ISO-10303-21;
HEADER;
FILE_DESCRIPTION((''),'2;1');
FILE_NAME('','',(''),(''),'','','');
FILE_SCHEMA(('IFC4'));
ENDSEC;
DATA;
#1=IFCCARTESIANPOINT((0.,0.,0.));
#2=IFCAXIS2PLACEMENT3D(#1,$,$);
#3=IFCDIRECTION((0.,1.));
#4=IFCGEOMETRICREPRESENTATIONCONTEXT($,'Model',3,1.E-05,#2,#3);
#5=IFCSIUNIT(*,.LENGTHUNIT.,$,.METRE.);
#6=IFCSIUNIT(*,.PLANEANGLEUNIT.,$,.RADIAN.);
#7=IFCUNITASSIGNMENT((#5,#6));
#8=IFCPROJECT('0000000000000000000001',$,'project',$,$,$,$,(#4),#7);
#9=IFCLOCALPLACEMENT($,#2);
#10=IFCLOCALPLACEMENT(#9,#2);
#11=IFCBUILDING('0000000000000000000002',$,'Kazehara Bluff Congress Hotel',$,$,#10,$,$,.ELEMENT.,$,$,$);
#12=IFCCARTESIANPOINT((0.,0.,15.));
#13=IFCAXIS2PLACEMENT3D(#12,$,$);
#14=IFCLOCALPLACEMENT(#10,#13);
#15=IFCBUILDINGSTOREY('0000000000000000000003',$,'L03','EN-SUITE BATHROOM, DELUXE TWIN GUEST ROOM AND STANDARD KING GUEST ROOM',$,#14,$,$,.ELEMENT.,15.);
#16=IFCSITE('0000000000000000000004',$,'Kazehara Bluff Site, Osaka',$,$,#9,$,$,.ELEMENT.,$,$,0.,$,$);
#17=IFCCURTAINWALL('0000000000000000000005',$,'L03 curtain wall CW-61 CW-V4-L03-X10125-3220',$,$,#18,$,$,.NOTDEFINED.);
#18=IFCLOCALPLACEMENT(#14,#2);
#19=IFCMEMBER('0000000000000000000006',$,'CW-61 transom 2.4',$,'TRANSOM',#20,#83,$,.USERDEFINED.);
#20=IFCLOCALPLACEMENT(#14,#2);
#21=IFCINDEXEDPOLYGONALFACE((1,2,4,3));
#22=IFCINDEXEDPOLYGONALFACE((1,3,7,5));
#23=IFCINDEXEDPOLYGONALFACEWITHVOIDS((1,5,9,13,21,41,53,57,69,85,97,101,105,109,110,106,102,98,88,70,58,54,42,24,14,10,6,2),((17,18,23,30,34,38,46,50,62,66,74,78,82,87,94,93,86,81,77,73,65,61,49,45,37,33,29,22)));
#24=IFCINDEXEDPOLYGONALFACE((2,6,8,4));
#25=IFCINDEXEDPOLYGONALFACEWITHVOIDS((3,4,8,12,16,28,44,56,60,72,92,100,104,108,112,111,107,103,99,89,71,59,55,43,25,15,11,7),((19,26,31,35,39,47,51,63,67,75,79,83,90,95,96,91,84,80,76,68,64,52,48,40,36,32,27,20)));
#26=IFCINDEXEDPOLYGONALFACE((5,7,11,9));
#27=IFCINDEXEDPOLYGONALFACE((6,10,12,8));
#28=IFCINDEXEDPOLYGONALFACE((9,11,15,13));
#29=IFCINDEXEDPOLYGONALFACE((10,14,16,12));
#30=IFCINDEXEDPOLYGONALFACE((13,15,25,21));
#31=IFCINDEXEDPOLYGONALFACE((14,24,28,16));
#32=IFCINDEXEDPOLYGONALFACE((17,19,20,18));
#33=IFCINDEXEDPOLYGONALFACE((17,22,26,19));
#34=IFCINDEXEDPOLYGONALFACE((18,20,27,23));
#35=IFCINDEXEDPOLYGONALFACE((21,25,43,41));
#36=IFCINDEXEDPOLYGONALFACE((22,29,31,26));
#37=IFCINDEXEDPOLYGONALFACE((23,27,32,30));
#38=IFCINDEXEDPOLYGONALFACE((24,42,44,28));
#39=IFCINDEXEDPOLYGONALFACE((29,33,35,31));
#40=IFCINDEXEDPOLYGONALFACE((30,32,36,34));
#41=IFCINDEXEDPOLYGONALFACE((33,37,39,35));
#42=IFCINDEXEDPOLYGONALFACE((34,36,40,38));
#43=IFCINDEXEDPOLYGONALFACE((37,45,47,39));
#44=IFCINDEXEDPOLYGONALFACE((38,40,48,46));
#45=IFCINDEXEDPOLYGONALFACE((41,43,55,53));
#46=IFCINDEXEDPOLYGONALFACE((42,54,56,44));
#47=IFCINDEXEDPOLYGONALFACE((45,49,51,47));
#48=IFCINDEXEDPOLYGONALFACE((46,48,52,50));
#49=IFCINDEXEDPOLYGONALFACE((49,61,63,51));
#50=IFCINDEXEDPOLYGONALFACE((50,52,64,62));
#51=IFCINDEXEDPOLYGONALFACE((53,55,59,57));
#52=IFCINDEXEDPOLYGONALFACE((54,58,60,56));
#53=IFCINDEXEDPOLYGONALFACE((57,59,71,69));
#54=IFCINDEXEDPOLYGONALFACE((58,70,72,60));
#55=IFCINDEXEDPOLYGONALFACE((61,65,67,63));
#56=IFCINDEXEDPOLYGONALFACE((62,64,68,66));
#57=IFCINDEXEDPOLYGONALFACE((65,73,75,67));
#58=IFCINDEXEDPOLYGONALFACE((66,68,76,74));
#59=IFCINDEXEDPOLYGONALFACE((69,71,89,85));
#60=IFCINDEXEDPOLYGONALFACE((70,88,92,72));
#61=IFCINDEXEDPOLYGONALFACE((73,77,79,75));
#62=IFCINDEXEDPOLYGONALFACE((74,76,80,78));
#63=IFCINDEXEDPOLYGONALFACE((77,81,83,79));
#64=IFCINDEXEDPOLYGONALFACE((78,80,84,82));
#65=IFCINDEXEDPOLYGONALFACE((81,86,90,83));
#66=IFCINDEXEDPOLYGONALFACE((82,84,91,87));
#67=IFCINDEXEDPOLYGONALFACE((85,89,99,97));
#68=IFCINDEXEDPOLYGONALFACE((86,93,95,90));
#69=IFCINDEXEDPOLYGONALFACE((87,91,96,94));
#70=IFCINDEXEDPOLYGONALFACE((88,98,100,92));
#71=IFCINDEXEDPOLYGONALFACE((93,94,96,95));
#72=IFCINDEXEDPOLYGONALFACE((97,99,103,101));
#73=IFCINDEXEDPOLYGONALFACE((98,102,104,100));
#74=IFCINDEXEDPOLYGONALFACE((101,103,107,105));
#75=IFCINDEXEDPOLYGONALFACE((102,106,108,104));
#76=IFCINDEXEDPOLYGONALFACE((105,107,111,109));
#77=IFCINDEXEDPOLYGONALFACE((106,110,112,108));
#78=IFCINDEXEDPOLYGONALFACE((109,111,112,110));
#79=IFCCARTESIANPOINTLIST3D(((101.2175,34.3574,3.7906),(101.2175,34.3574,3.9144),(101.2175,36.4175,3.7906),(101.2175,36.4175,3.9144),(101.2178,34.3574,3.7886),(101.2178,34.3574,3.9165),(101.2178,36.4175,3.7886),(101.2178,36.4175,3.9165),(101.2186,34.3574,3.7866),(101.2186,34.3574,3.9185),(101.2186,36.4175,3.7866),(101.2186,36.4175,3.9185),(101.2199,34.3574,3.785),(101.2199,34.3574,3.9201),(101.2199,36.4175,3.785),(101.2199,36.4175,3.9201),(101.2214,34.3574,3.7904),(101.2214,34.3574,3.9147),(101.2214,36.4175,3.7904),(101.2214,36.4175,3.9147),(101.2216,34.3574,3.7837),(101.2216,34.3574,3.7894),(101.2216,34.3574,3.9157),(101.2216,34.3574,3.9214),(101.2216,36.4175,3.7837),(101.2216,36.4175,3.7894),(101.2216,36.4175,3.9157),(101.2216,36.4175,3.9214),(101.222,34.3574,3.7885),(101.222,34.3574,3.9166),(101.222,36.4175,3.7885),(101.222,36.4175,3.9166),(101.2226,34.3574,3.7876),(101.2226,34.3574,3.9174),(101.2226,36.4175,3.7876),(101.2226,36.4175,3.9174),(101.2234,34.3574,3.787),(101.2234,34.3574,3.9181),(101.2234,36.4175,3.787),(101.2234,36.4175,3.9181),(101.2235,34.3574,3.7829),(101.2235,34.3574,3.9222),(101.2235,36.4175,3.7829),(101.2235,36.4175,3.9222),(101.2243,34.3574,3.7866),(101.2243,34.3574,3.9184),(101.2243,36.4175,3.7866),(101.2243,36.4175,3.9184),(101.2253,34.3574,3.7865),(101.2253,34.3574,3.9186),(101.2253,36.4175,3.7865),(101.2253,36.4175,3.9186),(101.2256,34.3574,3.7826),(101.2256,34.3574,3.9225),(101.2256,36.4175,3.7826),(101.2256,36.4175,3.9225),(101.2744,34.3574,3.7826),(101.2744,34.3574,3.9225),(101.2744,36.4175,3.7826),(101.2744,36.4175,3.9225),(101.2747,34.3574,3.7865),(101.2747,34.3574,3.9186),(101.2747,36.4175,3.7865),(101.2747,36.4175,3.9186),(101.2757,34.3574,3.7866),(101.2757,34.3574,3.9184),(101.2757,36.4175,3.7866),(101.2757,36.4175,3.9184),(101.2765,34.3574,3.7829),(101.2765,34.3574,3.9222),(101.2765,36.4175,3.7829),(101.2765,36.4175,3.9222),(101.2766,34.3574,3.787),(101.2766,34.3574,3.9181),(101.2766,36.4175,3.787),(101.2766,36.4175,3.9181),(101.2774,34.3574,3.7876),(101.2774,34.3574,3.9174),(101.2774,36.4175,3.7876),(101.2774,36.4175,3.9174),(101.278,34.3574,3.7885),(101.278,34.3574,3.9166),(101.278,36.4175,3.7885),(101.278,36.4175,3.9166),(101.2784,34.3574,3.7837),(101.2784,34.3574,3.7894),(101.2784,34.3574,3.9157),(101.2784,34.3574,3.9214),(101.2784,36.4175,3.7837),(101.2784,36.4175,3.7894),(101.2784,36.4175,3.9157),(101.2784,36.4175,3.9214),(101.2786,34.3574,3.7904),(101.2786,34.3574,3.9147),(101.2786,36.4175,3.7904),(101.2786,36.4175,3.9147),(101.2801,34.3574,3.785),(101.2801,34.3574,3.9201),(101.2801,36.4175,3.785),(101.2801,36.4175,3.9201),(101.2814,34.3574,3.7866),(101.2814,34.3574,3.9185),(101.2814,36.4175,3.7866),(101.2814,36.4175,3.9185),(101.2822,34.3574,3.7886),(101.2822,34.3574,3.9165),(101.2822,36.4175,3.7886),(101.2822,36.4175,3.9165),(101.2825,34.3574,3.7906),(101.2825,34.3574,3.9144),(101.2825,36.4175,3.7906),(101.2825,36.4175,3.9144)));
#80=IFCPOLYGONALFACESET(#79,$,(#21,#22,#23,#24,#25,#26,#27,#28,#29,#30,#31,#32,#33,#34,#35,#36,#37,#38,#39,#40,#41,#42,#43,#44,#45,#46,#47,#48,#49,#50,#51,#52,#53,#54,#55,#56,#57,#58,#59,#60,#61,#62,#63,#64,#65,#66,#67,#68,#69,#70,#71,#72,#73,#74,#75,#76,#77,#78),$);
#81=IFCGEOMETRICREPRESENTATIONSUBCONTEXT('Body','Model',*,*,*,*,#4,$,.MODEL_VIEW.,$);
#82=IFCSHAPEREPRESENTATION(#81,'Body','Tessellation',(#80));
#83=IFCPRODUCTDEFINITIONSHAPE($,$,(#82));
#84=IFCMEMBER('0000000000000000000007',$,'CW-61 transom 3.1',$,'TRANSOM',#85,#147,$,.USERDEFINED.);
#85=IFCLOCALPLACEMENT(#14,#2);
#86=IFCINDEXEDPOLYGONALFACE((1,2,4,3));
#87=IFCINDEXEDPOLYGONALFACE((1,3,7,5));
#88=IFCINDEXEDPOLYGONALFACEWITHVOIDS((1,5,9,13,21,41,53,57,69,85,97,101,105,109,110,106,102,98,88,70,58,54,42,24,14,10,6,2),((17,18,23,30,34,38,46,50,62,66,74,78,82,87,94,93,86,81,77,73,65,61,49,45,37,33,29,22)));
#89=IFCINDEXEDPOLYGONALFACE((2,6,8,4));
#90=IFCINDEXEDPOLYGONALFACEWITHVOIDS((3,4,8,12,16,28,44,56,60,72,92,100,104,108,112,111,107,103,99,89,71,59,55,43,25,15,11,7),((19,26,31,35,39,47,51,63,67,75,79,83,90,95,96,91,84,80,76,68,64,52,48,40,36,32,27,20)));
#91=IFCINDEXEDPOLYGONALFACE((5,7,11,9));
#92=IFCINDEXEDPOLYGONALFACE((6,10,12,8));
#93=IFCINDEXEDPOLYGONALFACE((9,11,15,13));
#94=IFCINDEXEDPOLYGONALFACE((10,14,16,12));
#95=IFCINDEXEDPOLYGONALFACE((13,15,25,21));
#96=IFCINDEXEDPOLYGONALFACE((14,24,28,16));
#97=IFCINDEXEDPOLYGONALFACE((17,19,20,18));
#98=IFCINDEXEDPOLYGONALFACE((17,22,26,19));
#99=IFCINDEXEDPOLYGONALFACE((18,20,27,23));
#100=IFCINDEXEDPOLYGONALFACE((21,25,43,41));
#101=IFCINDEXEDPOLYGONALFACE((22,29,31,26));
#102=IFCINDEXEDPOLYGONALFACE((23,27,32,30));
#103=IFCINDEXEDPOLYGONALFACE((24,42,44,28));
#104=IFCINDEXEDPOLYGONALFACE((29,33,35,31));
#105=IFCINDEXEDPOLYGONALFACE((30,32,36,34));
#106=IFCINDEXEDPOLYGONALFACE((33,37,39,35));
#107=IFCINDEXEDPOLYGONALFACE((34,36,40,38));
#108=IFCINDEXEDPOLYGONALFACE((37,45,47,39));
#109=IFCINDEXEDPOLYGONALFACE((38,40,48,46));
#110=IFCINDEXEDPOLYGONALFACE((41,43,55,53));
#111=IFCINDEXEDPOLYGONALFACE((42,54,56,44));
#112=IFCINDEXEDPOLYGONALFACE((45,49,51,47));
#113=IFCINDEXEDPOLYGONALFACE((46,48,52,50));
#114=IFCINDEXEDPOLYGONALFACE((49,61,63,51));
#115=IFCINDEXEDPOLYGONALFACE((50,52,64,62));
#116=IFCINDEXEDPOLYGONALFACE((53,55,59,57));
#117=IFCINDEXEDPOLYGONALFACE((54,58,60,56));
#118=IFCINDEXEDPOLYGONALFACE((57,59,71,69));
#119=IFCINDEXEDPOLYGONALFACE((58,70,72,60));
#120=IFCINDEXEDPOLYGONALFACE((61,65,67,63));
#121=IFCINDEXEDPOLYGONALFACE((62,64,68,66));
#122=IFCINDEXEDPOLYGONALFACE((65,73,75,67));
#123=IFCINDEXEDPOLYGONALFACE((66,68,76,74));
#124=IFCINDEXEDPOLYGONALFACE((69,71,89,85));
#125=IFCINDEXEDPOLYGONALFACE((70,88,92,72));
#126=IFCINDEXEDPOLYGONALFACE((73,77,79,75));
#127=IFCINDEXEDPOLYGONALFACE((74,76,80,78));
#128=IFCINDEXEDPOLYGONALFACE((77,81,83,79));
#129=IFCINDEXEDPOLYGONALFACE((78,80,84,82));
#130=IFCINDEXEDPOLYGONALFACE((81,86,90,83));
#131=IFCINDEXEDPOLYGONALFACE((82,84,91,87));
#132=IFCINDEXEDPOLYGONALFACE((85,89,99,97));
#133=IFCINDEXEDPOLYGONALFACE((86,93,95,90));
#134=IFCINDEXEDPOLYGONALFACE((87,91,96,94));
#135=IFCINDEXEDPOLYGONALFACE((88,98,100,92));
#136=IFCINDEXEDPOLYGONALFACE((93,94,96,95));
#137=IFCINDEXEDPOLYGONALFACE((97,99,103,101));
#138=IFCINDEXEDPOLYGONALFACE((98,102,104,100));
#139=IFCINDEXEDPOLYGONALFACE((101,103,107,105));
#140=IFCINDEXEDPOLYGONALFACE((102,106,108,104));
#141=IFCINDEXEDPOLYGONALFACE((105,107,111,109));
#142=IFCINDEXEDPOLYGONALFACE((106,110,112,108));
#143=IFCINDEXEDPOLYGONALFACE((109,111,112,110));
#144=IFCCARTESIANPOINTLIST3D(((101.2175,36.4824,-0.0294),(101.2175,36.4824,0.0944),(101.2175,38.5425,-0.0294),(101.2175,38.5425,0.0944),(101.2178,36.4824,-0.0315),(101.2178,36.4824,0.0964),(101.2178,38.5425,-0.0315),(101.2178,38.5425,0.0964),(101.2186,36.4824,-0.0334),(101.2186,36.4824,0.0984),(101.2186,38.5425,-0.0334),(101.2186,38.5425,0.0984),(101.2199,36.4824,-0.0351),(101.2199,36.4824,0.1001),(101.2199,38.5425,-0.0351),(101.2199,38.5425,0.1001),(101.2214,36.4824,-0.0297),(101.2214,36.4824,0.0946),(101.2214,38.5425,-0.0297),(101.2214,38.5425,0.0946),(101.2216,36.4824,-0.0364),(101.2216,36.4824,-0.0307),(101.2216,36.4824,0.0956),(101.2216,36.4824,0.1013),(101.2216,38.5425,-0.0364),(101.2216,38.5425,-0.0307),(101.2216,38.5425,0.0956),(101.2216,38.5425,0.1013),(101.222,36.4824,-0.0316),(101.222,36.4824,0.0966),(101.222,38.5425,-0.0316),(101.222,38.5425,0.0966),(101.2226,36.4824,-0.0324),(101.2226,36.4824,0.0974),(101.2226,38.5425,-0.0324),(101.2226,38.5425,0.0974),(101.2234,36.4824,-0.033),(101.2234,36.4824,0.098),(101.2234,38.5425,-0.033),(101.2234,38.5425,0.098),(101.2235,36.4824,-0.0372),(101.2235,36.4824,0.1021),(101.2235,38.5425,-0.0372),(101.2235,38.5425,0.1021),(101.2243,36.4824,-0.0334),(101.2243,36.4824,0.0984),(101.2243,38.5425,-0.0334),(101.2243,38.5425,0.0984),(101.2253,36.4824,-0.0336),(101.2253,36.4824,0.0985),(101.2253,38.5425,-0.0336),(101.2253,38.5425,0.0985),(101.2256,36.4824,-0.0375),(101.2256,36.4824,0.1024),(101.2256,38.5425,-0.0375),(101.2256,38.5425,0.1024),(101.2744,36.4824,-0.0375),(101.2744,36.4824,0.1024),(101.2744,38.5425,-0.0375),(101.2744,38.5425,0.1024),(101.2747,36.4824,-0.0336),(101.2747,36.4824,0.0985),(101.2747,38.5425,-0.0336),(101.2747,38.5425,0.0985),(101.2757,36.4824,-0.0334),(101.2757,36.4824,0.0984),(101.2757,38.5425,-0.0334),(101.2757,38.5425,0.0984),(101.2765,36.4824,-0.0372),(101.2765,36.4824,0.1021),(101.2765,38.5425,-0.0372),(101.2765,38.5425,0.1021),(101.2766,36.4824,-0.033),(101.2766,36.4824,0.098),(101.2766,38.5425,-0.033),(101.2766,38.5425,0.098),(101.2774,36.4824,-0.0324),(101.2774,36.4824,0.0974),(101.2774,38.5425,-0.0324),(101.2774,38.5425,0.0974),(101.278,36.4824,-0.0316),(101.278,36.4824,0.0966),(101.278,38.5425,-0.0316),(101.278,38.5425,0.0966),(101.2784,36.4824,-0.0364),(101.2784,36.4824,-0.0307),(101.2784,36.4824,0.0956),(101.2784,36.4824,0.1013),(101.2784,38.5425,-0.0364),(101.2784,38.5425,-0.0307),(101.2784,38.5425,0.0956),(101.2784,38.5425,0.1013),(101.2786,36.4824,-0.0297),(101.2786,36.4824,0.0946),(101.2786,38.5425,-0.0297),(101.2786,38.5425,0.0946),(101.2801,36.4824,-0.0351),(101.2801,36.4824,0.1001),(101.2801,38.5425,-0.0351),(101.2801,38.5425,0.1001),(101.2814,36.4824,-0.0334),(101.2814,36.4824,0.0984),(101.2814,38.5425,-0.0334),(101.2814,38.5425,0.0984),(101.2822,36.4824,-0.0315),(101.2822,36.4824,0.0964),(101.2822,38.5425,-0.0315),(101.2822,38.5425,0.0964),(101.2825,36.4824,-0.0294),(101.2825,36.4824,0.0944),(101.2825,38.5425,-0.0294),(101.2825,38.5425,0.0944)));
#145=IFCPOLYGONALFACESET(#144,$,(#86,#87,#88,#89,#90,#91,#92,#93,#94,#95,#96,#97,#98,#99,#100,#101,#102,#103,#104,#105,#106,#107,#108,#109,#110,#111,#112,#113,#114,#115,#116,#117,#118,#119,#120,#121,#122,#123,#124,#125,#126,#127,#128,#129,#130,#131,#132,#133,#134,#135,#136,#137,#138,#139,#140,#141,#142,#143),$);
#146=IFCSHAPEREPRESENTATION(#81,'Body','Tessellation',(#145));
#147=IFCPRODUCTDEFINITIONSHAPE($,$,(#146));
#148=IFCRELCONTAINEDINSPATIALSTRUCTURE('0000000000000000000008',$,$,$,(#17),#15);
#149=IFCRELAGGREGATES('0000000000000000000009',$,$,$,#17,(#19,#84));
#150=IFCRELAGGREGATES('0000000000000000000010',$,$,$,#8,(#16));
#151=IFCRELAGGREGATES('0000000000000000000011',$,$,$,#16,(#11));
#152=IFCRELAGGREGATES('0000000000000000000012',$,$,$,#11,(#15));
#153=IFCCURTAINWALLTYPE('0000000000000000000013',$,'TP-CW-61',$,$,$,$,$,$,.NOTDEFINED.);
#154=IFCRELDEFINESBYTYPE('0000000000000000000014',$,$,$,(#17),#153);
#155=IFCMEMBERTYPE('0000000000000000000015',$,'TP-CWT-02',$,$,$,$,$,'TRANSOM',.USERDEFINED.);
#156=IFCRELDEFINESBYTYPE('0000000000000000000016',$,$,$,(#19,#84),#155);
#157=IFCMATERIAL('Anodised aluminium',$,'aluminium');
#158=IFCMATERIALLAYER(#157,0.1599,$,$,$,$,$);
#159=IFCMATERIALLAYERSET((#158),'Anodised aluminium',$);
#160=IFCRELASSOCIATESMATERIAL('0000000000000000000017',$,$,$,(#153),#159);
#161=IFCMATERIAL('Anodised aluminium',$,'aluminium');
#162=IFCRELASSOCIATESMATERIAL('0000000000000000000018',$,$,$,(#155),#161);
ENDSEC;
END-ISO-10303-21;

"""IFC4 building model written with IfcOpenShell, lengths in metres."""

from ifc_helpers import new_model, si_unit, direction, frame, origin, origin_2d, place, context, subcontext, project, spatial, hollow_rectangle, extrude, material, layer, layer_set, material_profile, profile_set, type_object, element, aggregate, save


model = new_model("IFC4")

# Units and contexts
model_context = context("Model", 3, precision=1e-05, world=origin(), true_north=direction((0.0, 1.0)))
body_context = subcontext(model_context, "Body", "Model", "MODEL_VIEW")
ifc_project = project(units=[si_unit("LENGTHUNIT", "METRE"), si_unit("PLANEANGLEUNIT", "RADIAN")], contexts=[model_context])

# Site, building, storey
site_placement = place(None, origin())
site = spatial("IfcSite", under=ifc_project, at=site_placement, Name="Kazehara Bluff Site, Osaka", CompositionType="ELEMENT", RefElevation=0.0)
building_placement = place(site_placement, origin())
building = spatial("IfcBuilding", under=site, at=building_placement, Name="Kazehara Bluff Congress Hotel", CompositionType="ELEMENT")
storey_placement = place(building_placement, frame((0.0, 0.0, 15.0)))
storey = spatial("IfcBuildingStorey", under=building, at=storey_placement, Name="L03", Description="EN-SUITE BATHROOM, DELUXE TWIN GUEST ROOM AND STANDARD KING GUEST ROOM", CompositionType="ELEMENT", Elevation=15.0)

# Curtain wall, members
ifc_material_1 = material(Name="Anodised aluminium", Category="aluminium")
ifc_layer_1 = layer(ifc_material_1, 0.1599)
ifc_layer_set_1 = layer_set([ifc_layer_1], Name="Anodised aluminium")
curtain_wall_type = type_object("IfcCurtainWallType", Name="TP-CW-61", PredefinedType="NOTDEFINED", material=ifc_layer_set_1)
curtain_wall_placement = place(storey_placement, origin())
curtain_wall = element("IfcCurtainWall", 1, at=curtain_wall_placement, inside=storey, type_object=curtain_wall_type, Name="L03 curtain wall CW-61 CW-V4-L03-X10125-3220", PredefinedType="NOTDEFINED")
ifc_material_2 = material(Name="Anodised aluminium", Category="aluminium")
ifc_material_profile_1 = material_profile(ifc_material_2, hollow_rectangle(XDim=0.0649, YDim=0.1399, WallThickness=0.0039, InnerFilletRadius=0.0039, OuterFilletRadius=0.0081, at=origin_2d()))
ifc_profile_set_1 = profile_set([ifc_material_profile_1], Name="Anodised aluminium")
member_type_1 = type_object("IfcMemberType", Name="TP-CWT-02", ElementType="TRANSOM", PredefinedType="USERDEFINED", material=ifc_profile_set_1)
member_1_placement = place(storey_placement, frame((101.25, 34.3574, 3.8525), z_axis=(0.0, 1.0, 0.0), x_axis=(-1.0, 0.0, 0.0)))
member_1 = element("IfcMember", 2, at=member_1_placement, type_object=member_type_1, Name="CW-61 transom 2.4", ObjectType="TRANSOM", PredefinedType="USERDEFINED", context=body_context, shape_type="SweptSolid", body=[
    extrude(hollow_rectangle(XDim=0.0649, YDim=0.1399, WallThickness=0.0039, InnerFilletRadius=0.0039, OuterFilletRadius=0.0081, at=origin_2d()), origin(), (0.0, 0.0, 1.0), 2.0601),
])
member_2_placement = place(storey_placement, frame((101.25, 36.4824, 0.0325), z_axis=(0.0, 1.0, 0.0), x_axis=(-1.0, 0.0, 0.0)))
member_2 = element("IfcMember", 3, at=member_2_placement, type_object=member_type_1, Name="CW-61 transom 3.1", ObjectType="TRANSOM", PredefinedType="USERDEFINED", context=body_context, shape_type="SweptSolid", body=[
    extrude(hollow_rectangle(XDim=0.0649, YDim=0.1399, WallThickness=0.0039, InnerFilletRadius=0.0039, OuterFilletRadius=0.0081, at=origin_2d()), origin(), (0.0, 0.0, 1.0), 2.0601),
])
aggregate(curtain_wall, [member_1, member_2])

save(model, "model.ifc")
